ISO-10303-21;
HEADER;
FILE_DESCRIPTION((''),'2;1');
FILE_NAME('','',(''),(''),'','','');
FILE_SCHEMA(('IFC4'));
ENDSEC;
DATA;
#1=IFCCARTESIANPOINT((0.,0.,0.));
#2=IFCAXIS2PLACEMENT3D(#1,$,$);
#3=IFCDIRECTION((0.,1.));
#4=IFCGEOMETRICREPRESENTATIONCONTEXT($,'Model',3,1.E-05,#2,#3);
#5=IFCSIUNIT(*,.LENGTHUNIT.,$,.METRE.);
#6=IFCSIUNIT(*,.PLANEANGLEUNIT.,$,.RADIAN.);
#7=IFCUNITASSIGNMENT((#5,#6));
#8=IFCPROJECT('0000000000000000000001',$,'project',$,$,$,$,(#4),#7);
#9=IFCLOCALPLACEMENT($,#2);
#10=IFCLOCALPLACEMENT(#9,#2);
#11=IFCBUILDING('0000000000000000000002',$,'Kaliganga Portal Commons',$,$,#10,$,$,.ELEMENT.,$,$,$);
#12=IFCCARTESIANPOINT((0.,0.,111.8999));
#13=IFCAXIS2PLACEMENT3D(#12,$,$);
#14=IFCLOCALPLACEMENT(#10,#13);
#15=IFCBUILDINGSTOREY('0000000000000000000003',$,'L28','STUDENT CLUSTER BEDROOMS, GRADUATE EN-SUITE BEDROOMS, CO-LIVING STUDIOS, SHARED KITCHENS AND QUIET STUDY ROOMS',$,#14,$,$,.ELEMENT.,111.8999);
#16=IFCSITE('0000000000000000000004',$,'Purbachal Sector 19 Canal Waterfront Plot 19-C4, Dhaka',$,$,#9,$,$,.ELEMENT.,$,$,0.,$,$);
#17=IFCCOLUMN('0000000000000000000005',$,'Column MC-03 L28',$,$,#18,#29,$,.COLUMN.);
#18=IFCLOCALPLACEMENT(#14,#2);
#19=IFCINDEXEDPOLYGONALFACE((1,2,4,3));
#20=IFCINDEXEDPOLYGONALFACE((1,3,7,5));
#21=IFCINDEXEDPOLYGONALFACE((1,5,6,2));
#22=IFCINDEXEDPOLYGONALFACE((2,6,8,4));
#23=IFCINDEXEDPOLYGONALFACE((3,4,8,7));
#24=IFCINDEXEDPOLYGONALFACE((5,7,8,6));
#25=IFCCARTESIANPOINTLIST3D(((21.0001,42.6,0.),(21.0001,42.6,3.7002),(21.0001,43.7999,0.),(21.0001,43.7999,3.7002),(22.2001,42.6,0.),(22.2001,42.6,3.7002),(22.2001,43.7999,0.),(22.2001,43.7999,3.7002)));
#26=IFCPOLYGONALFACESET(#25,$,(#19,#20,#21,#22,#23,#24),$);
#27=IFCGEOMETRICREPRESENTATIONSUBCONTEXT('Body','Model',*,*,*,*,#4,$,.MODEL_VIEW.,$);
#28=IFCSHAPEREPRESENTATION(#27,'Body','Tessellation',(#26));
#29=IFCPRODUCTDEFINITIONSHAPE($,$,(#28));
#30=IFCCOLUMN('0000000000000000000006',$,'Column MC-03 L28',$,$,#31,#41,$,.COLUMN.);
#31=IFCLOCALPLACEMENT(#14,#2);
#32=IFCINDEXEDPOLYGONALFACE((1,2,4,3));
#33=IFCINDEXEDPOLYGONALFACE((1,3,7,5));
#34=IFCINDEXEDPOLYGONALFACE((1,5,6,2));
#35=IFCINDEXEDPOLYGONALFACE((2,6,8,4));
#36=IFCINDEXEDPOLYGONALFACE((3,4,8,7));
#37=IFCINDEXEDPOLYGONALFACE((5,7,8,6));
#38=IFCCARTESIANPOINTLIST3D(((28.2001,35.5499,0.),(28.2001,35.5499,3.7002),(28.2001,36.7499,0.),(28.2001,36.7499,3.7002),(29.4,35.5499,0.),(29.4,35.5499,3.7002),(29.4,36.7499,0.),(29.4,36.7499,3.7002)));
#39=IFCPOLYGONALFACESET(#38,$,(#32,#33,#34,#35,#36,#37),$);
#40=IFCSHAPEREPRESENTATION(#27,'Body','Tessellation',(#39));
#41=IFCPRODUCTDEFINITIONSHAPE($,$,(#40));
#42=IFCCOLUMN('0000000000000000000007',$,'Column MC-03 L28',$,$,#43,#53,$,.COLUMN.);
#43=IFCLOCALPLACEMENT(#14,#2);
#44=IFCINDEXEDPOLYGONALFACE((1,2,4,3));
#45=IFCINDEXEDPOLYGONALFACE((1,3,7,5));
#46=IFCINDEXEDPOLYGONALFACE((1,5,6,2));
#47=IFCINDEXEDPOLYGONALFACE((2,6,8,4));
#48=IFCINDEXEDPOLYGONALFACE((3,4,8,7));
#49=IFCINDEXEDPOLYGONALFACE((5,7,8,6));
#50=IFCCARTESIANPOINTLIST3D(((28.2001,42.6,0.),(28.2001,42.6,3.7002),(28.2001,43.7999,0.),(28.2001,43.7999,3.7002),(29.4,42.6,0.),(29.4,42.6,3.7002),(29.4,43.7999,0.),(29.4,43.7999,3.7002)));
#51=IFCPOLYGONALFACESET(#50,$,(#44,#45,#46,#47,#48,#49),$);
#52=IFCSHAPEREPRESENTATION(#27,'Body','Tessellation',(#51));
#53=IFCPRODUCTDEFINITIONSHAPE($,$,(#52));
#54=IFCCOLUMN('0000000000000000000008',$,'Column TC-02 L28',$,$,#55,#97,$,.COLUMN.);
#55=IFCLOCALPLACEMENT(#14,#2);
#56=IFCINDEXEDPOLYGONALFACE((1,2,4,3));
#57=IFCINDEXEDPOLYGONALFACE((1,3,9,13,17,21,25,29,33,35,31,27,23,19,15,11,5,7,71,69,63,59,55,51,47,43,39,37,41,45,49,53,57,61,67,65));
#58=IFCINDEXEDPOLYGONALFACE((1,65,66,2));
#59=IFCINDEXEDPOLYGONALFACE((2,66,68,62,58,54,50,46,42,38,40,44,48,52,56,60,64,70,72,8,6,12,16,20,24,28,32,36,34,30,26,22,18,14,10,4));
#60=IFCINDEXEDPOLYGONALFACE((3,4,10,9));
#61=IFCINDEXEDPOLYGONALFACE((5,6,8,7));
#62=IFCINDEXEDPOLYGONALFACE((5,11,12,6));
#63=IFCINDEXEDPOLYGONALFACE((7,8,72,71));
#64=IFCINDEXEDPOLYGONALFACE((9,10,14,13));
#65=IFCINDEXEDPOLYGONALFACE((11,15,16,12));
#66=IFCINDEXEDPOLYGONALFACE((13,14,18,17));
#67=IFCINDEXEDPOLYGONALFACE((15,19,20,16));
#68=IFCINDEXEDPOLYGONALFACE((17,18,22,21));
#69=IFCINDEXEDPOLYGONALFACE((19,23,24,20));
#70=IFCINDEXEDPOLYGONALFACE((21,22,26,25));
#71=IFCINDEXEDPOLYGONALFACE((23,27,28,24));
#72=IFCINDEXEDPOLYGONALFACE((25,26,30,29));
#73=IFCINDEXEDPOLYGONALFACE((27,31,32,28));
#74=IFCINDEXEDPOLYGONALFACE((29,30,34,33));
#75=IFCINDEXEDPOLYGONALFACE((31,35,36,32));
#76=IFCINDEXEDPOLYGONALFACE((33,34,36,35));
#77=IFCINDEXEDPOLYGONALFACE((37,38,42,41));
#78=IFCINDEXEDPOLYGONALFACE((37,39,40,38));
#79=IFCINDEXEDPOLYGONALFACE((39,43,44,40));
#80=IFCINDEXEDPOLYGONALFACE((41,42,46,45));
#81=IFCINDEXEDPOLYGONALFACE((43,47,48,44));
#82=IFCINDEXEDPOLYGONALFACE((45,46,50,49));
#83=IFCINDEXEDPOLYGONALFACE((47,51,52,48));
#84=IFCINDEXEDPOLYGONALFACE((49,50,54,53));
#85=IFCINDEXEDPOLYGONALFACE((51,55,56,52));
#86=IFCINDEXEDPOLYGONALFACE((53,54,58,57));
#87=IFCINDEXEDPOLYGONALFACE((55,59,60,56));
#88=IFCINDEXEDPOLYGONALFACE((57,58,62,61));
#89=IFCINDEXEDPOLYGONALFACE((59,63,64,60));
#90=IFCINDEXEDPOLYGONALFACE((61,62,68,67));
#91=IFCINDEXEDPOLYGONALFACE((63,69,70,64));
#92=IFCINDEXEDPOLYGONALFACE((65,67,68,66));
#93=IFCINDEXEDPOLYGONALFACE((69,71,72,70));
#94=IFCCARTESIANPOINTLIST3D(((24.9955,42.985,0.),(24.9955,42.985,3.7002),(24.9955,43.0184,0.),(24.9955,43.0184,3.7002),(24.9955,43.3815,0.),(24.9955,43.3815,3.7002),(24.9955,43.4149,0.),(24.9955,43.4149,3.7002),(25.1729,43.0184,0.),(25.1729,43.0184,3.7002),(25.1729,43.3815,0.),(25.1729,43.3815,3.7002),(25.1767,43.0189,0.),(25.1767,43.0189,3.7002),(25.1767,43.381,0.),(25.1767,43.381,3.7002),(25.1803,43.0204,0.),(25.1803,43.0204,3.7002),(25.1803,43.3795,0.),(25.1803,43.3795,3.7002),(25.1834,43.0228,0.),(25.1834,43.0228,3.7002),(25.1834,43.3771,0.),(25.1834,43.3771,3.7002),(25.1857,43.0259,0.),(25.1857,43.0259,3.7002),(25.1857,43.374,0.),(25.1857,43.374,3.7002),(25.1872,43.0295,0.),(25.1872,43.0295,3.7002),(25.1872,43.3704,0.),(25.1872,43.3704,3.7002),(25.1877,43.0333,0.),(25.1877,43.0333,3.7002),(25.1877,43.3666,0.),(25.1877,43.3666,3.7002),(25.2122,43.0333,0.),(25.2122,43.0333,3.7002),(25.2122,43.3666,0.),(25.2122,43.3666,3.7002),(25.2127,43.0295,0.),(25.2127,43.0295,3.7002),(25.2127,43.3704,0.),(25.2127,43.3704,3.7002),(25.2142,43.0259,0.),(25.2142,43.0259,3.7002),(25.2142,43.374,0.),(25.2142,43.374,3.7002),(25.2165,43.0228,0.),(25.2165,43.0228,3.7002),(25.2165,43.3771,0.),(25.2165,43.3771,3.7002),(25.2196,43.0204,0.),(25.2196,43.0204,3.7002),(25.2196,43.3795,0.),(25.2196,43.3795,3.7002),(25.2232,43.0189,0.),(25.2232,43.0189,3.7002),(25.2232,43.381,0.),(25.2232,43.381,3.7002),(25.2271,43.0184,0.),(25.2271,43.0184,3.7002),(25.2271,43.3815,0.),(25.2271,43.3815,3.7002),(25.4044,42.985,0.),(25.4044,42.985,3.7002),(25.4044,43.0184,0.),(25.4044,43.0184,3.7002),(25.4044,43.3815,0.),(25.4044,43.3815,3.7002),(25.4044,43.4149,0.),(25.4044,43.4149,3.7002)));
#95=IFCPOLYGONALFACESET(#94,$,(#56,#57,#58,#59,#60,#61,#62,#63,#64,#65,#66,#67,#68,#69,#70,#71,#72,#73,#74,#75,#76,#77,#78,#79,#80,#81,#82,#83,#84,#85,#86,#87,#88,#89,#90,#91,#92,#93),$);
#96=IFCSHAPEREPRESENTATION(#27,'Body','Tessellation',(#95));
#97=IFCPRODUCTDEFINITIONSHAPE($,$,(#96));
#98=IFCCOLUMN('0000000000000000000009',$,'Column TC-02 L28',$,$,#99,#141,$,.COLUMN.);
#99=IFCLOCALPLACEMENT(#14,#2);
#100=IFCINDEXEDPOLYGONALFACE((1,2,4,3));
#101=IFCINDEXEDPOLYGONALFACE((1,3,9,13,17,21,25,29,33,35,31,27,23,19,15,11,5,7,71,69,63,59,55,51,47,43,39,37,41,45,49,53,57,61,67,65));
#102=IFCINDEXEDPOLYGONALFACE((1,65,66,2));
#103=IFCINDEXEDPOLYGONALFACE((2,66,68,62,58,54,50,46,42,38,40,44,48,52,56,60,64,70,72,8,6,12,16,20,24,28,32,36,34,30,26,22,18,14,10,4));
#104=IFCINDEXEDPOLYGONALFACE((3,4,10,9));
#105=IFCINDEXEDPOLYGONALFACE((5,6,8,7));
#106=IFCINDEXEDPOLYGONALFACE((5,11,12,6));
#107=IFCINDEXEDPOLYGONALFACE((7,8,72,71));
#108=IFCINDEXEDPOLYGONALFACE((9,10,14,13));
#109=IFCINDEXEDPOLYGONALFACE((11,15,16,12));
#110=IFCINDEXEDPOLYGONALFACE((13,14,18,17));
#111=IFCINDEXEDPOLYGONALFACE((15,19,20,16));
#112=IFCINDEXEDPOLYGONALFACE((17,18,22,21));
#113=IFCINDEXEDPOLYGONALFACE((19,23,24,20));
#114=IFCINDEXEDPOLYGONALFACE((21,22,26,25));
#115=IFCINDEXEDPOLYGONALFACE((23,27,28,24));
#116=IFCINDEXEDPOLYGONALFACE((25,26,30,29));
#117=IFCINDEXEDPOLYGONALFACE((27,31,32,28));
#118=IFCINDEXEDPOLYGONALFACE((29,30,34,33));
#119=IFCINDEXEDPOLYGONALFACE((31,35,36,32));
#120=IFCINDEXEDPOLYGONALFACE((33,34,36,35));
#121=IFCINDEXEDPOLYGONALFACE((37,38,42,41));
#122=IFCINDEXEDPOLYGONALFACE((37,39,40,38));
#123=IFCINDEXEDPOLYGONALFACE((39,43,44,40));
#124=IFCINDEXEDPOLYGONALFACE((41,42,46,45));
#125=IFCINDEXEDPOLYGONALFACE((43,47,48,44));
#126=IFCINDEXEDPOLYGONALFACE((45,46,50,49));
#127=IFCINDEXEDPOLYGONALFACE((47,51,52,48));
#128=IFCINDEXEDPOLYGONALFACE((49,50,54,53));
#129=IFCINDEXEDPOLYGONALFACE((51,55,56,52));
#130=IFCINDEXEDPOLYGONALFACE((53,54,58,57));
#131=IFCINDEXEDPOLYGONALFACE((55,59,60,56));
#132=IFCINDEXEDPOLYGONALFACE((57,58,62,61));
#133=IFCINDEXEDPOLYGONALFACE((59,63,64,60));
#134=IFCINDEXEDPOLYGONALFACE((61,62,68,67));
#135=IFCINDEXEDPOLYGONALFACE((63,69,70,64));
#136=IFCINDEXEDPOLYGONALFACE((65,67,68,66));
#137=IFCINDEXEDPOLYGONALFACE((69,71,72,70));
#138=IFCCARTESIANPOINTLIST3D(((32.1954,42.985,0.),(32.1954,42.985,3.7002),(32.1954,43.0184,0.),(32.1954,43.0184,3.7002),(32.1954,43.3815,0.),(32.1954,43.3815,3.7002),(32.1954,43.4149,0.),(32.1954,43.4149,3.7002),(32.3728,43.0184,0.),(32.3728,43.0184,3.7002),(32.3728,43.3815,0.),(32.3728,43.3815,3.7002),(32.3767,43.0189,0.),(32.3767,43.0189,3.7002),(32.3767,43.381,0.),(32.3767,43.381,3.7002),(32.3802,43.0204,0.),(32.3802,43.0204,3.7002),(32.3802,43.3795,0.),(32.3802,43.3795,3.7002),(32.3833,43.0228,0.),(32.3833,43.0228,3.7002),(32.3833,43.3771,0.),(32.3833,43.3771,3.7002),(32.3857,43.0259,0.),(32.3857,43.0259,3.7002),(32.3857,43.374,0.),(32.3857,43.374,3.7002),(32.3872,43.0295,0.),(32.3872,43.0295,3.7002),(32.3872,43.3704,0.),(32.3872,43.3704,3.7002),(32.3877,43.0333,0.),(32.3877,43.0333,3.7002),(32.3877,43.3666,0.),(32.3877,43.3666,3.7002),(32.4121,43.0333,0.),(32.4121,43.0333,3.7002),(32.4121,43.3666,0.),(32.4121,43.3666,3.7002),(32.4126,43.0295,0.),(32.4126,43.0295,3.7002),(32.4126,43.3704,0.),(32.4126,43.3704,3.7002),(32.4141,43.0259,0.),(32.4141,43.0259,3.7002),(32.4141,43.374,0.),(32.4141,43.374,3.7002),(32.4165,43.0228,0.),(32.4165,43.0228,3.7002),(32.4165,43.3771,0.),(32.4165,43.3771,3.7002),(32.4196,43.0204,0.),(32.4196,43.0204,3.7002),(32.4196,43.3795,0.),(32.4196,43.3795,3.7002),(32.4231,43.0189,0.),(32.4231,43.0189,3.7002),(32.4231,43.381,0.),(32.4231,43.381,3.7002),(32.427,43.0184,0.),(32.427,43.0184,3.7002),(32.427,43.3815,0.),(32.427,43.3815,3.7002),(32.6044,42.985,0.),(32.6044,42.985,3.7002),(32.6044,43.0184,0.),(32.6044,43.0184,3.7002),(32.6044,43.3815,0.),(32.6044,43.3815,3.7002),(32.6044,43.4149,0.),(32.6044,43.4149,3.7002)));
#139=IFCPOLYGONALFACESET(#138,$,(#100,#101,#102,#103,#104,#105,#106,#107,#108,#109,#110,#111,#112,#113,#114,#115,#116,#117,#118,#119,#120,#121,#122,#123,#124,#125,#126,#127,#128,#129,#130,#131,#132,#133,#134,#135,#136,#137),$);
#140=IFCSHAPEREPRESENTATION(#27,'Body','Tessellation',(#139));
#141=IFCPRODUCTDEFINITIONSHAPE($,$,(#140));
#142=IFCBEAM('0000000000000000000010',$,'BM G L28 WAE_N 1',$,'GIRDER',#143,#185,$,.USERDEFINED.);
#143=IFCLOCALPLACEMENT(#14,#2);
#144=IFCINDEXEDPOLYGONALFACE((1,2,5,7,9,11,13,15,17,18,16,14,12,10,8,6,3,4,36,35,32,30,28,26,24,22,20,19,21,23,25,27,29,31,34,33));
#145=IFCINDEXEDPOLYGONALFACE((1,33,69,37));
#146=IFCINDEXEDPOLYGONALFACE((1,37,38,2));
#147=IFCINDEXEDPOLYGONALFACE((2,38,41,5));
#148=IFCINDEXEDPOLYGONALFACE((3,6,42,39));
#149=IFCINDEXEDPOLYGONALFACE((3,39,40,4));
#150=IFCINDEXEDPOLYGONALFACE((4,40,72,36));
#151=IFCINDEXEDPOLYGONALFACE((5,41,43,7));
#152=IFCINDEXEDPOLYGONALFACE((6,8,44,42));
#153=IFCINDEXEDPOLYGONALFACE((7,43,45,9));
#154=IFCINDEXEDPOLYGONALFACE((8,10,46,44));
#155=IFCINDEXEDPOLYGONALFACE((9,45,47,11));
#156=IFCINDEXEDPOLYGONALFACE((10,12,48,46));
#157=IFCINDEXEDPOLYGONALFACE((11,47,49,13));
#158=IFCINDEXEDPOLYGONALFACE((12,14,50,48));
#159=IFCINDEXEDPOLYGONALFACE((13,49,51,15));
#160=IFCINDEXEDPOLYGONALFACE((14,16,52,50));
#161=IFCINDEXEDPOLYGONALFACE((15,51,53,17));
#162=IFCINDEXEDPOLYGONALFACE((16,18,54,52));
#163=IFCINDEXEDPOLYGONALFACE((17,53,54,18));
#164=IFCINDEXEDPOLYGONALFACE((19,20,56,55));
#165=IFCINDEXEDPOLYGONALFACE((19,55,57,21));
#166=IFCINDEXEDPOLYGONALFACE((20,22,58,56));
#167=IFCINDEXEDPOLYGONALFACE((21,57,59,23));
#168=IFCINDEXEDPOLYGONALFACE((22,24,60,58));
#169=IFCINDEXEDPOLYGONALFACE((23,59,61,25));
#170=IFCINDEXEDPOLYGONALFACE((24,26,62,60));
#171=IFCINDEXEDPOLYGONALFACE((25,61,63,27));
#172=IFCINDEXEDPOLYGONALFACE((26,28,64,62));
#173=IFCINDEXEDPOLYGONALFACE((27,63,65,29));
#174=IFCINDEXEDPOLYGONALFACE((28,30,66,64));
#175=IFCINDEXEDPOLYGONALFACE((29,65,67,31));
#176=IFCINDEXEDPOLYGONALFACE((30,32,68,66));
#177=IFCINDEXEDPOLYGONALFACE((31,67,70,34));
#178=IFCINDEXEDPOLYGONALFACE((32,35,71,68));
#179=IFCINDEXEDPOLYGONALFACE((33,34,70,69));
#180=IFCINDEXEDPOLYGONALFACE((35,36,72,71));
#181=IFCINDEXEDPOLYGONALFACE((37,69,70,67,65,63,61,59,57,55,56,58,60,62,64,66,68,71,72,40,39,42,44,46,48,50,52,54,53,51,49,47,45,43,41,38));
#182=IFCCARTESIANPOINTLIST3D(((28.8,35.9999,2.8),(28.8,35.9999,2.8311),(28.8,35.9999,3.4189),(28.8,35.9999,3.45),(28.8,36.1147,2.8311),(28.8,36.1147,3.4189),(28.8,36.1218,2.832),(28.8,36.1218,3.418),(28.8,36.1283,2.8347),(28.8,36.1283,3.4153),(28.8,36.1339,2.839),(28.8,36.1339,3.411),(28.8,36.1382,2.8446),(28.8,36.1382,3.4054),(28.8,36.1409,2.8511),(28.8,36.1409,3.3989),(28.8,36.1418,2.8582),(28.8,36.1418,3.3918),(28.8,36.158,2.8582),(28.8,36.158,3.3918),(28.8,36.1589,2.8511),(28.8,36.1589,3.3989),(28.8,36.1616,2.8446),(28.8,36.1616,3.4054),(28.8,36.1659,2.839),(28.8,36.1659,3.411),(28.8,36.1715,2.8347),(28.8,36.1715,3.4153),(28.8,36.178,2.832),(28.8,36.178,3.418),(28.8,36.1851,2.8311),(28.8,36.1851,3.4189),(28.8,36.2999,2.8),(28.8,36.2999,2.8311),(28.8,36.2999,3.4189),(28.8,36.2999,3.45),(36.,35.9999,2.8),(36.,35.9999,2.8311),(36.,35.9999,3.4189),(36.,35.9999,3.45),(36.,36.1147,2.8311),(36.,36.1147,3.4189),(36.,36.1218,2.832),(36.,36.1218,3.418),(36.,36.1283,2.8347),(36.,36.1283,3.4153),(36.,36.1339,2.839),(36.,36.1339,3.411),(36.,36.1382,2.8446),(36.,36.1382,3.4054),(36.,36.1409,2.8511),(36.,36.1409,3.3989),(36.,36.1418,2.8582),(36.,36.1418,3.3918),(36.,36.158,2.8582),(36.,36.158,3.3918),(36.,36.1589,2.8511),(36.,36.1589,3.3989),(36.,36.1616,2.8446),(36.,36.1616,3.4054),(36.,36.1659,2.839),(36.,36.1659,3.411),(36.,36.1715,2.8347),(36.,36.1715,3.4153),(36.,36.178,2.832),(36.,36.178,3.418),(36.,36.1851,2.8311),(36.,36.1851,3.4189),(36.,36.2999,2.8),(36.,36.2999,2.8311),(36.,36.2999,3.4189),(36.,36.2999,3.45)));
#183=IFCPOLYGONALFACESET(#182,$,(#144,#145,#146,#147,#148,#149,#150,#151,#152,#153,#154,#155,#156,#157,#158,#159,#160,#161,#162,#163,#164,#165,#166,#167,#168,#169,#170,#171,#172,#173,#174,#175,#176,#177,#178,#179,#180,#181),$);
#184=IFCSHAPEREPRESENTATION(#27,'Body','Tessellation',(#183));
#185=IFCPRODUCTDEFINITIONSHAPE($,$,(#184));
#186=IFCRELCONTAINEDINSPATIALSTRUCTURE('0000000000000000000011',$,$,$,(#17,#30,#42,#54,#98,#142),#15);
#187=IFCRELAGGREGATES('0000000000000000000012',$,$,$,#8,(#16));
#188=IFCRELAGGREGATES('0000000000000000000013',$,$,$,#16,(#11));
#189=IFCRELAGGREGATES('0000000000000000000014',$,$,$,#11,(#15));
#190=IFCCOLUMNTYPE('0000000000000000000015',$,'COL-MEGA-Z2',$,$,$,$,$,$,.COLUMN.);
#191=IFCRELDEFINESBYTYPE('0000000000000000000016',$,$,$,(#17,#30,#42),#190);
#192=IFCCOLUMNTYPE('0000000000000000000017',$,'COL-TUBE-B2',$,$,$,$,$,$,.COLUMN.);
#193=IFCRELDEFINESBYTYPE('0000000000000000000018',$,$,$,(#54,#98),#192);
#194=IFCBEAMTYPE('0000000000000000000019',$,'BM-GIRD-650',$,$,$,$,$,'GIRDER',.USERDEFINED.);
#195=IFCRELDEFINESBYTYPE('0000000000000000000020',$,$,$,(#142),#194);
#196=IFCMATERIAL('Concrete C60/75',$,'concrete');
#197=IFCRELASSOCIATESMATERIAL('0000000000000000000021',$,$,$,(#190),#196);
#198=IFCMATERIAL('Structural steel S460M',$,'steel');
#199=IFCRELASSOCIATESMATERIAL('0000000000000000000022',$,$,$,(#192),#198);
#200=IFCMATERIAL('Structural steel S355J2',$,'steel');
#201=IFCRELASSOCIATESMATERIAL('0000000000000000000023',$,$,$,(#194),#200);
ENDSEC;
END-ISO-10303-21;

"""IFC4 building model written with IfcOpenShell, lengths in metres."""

from ifc_helpers import new_model, si_unit, direction, frame, origin, origin_2d, place, context, subcontext, project, spatial, rectangle, i_section, extrude, source, transform, mapped, material, material_profile, profile_set, type_object, element, save


model = new_model("IFC4")

# Units and contexts
model_context = context("Model", 3, precision=1e-05, world=origin(), true_north=direction((0.0, 1.0)))
body_context = subcontext(model_context, "Body", "Model", "MODEL_VIEW")
ifc_project = project(units=[si_unit("LENGTHUNIT", "METRE"), si_unit("PLANEANGLEUNIT", "RADIAN")], contexts=[model_context])

# Site, building, storey
site_placement = place(None, origin())
site = spatial("IfcSite", under=ifc_project, at=site_placement, Name="Purbachal Sector 19 Canal Waterfront Plot 19-C4, Dhaka", CompositionType="ELEMENT", RefElevation=0.0)
building_placement = place(site_placement, origin())
building = spatial("IfcBuilding", under=site, at=building_placement, Name="Kaliganga Portal Commons", CompositionType="ELEMENT")
storey_placement = place(building_placement, frame((0.0, 0.0, 111.8999)))
storey = spatial("IfcBuildingStorey", under=building, at=storey_placement, Name="L28", Description="STUDENT CLUSTER BEDROOMS, GRADUATE EN-SUITE BEDROOMS, CO-LIVING STUDIOS, SHARED KITCHENS AND QUIET STUDY ROOMS", CompositionType="ELEMENT", Elevation=111.8999)

# Columns
ifc_material_1 = material(Name="Concrete C60/75", Category="concrete")
ifc_material_profile_1 = material_profile(ifc_material_1, rectangle(XDim=1.2, YDim=1.2, at=origin_2d()), Name="RC 1200x1200")
ifc_profile_set_1 = profile_set([ifc_material_profile_1], Name="Concrete C60/75")
column_type_1 = type_object("IfcColumnType", Name="COL-MEGA-Z2", PredefinedType="COLUMN", material=ifc_profile_set_1)
shared_shape_1 = source(origin(), body_context, "Body", "SweptSolid", [
    extrude(rectangle(XDim=1.2, YDim=1.2, at=origin_2d()), origin(), (0.0, 0.0, 1.0), 3.7002),
])
for number, where, z_axis, x_axis, name in (
    (1, (21.6001, 43.2, 0.0), (0.0, 0.0, 1.0), (1.0, 0.0, 0.0), "Column MC-03 L28"),
    (2, (28.8, 36.1499, 0.0), (0.0, 0.0, 1.0), (1.0, 0.0, 0.0), "Column MC-03 L28"),
    (3, (28.8, 43.2, 0.0), (0.0, 0.0, 1.0), (1.0, 0.0, 0.0), "Column MC-03 L28"),
):
    element("IfcColumn", number, at=place(storey_placement, frame(where, z_axis=z_axis, x_axis=x_axis)), inside=storey, type_object=column_type_1, Name=name, PredefinedType="COLUMN", context=body_context, shape_type="MappedRepresentation", body=[
        mapped(shared_shape_1, transform((0.0, 0.0, 0.0), x_axis=(1.0, 0.0, 0.0), y_axis=(0.0, 1.0, 0.0), z_axis=(0.0, 0.0, 1.0), scale=1.0)),
    ])
ifc_material_2 = material(Name="Structural steel S460M", Category="steel")
ifc_material_profile_2 = material_profile(ifc_material_2, i_section(OverallWidth=0.4089, OverallDepth=0.4299, WebThickness=0.0244, FlangeThickness=0.0334, FilletRadius=0.0149, at=origin_2d()), Name="HD 400x421")
ifc_profile_set_2 = profile_set([ifc_material_profile_2], Name="Structural steel S460M wide-flange")
column_type_2 = type_object("IfcColumnType", Name="COL-TUBE-B2", PredefinedType="COLUMN", material=ifc_profile_set_2)
shared_shape_2 = source(origin(), body_context, "Body", "SweptSolid", [
    extrude(i_section(OverallWidth=0.4089, OverallDepth=0.4299, WebThickness=0.0244, FlangeThickness=0.0334, FilletRadius=0.0149, at=origin_2d()), origin(), (0.0, 0.0, 1.0), 3.7002),
])
for number, where, z_axis, x_axis, name in (
    (4, (25.2, 43.2, 0.0), (0.0, 0.0, 1.0), (1.0, 0.0, 0.0), "Column TC-02 L28"),
    (5, (32.3999, 43.2, 0.0), (0.0, 0.0, 1.0), (1.0, 0.0, 0.0), "Column TC-02 L28"),
):
    element("IfcColumn", number, at=place(storey_placement, frame(where, z_axis=z_axis, x_axis=x_axis)), inside=storey, type_object=column_type_2, Name=name, PredefinedType="COLUMN", context=body_context, shape_type="MappedRepresentation", body=[
        mapped(shared_shape_2, transform((0.0, 0.0, 0.0), x_axis=(1.0, 0.0, 0.0), y_axis=(0.0, 1.0, 0.0), z_axis=(0.0, 0.0, 1.0), scale=1.0)),
    ])

# Beam
ifc_material_3 = material(Name="Structural steel S355J2", Category="steel")
ifc_material_profile_3 = material_profile(ifc_material_3, i_section(OverallWidth=0.3, OverallDepth=0.6499, WebThickness=0.0161, FlangeThickness=0.031, FilletRadius=0.0271, at=origin_2d()), Name="HE 650 B")
ifc_profile_set_3 = profile_set([ifc_material_profile_3], Name="Structural steel S355J2 wide-flange")
beam_type_1 = type_object("IfcBeamType", Name="BM-GIRD-650", ElementType="GIRDER", PredefinedType="USERDEFINED", material=ifc_profile_set_3)
shared_shape_3 = source(origin(), body_context, "Body", "SweptSolid", [
    extrude(i_section(OverallWidth=0.3, OverallDepth=0.6499, WebThickness=0.0161, FlangeThickness=0.031, FilletRadius=0.0271, at=origin_2d()), origin(), (0.0, 0.0, 1.0), 7.2),
])
beam_1_placement = place(storey_placement, frame((28.8, 36.1499, 3.125), z_axis=(1.0, 0.0, 0.0), x_axis=(0.0, 1.0, 0.0)))
element("IfcBeam", 6, at=beam_1_placement, inside=storey, type_object=beam_type_1, Name="BM G L28 WAE_N 1", ObjectType="GIRDER", PredefinedType="USERDEFINED", context=body_context, shape_type="MappedRepresentation", body=[
    mapped(shared_shape_3, transform((0.0, 0.0, 0.0), x_axis=(1.0, 0.0, 0.0), y_axis=(0.0, 1.0, 0.0), z_axis=(0.0, 0.0, 1.0), scale=1.0)),
])

save(model, "model.ifc")
